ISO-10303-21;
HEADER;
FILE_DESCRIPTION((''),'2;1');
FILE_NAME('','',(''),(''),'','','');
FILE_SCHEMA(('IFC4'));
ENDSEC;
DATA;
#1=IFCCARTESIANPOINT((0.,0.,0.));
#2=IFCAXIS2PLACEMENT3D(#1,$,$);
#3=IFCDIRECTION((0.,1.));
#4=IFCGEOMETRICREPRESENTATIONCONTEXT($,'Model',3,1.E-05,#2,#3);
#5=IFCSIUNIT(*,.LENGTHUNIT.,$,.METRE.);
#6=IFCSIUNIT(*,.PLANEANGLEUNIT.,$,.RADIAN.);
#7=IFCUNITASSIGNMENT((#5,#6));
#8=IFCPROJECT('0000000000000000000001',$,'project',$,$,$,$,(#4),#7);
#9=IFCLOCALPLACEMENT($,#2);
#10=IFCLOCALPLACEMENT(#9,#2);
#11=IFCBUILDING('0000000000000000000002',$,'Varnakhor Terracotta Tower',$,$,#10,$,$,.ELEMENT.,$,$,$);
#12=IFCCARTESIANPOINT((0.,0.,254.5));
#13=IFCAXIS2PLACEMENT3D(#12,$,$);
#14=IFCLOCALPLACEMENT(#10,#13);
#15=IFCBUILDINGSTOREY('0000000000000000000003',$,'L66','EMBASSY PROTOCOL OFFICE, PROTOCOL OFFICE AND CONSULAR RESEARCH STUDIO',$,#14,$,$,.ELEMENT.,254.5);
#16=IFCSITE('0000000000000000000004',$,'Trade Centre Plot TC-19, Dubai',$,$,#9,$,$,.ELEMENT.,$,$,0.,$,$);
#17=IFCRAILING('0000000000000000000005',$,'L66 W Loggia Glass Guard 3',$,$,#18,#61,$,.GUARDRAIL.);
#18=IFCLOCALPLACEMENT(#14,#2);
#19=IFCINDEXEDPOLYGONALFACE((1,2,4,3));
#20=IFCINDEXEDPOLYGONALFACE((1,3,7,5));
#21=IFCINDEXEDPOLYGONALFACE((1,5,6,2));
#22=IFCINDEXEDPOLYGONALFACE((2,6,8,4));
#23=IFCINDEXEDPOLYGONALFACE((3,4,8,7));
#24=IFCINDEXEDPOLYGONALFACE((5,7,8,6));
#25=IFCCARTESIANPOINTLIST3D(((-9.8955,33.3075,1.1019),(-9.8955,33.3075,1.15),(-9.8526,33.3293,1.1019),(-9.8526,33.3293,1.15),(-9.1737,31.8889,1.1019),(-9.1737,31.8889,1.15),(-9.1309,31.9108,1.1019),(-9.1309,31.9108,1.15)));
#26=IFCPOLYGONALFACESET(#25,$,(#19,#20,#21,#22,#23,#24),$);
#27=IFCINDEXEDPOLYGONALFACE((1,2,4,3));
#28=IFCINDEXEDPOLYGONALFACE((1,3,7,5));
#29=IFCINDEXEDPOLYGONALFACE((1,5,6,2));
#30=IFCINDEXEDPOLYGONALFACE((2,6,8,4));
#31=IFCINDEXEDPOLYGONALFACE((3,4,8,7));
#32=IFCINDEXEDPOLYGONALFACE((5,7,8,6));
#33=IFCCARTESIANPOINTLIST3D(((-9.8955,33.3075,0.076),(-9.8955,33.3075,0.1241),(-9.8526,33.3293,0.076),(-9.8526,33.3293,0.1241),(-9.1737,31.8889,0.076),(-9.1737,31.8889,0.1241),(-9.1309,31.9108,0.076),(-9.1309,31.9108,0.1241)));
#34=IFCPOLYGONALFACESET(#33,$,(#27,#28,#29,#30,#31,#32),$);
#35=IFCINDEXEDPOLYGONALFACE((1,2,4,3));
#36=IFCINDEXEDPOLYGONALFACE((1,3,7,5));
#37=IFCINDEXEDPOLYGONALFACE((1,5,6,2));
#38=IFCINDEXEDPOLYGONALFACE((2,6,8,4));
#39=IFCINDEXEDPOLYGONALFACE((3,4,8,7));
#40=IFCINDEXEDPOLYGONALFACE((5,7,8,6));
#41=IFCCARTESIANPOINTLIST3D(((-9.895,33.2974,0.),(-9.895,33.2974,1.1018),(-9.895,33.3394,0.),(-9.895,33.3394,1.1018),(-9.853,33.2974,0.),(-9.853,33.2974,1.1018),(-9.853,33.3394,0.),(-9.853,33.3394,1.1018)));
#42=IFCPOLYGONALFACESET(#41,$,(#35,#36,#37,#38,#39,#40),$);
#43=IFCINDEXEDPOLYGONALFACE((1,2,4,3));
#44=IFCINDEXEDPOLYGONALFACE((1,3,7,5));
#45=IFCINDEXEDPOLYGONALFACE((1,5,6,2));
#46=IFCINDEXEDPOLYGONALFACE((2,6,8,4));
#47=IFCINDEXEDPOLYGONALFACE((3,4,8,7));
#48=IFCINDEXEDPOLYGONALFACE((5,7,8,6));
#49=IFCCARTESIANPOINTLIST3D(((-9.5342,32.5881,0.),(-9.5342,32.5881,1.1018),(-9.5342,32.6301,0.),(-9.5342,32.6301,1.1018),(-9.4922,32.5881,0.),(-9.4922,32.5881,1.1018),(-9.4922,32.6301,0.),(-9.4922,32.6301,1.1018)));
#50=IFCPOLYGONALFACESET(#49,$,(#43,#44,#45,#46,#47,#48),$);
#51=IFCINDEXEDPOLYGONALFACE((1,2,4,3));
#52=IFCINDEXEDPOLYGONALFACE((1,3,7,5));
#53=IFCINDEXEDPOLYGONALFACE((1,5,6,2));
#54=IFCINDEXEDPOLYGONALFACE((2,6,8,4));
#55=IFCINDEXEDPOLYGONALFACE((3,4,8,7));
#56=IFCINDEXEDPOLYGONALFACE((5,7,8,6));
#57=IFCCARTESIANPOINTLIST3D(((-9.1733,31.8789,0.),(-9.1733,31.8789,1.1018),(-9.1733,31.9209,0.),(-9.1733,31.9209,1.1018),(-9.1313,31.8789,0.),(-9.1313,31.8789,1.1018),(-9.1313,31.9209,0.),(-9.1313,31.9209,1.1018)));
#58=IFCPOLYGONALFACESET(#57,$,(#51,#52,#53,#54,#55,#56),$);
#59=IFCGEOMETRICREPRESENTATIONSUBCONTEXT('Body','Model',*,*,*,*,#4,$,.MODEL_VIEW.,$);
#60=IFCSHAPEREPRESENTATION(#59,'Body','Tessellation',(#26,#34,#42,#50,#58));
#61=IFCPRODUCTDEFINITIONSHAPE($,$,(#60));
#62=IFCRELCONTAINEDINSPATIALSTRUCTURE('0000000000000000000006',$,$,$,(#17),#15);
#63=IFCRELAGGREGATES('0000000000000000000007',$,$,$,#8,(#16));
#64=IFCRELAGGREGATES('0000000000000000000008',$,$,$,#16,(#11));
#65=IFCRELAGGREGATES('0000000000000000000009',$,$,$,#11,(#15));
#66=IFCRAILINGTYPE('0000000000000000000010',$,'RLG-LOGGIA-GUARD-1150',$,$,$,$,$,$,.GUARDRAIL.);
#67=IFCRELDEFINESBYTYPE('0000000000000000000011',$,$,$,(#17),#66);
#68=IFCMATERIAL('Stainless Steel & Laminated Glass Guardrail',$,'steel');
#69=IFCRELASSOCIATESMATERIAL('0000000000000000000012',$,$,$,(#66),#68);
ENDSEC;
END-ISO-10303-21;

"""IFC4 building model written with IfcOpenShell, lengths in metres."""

from ifc_helpers import new_model, si_unit, direction, frame, origin, origin_2d, place, context, subcontext, project, spatial, rectangle, extrude, material, type_object, element, save


model = new_model("IFC4")

# Units and contexts
model_context = context("Model", 3, precision=1e-05, world=origin(), true_north=direction((0.0, 1.0)))
body_context = subcontext(model_context, "Body", "Model", "MODEL_VIEW")
ifc_project = project(units=[si_unit("LENGTHUNIT", "METRE"), si_unit("PLANEANGLEUNIT", "RADIAN")], contexts=[model_context])

# Site, building, storey
site_placement = place(None, origin())
site = spatial("IfcSite", under=ifc_project, at=site_placement, Name="Trade Centre Plot TC-19, Dubai", CompositionType="ELEMENT", RefElevation=0.0)
building_placement = place(site_placement, origin())
building = spatial("IfcBuilding", under=site, at=building_placement, Name="Varnakhor Terracotta Tower", CompositionType="ELEMENT")
storey_placement = place(building_placement, frame((0.0, 0.0, 254.5)))
storey = spatial("IfcBuildingStorey", under=building, at=storey_placement, Name="L66", Description="EMBASSY PROTOCOL OFFICE, PROTOCOL OFFICE AND CONSULAR RESEARCH STUDIO", CompositionType="ELEMENT", Elevation=254.5)

# Railing
ifc_material_1 = material(Name="Stainless Steel & Laminated Glass Guardrail", Category="steel")
railing_type = type_object("IfcRailingType", Name="RLG-LOGGIA-GUARD-1150", PredefinedType="GUARDRAIL", material=ifc_material_1)
railing_placement = place(storey_placement, frame((-9.874, 33.3184, 0.0)))
element("IfcRailing", 1, at=railing_placement, inside=storey, type_object=railing_type, Name="L66 W Loggia Glass Guard 3", PredefinedType="GUARDRAIL", context=body_context, shape_type="SweptSolid", body=[
    extrude(rectangle(XDim=0.0481, YDim=0.0481, at=origin_2d()), frame((0.0, 0.0, 1.126), z_axis=(0.453462, -0.891276, 0.0), x_axis=(0.891276, 0.453462, 0.0)), (0.0, 0.0, 1.0), 1.5916),
    extrude(rectangle(XDim=0.0481, YDim=0.0481, at=origin_2d()), frame((0.0, 0.0, 0.1001), z_axis=(0.453462, -0.891276, 0.0), x_axis=(0.891276, 0.453462, 0.0)), (0.0, 0.0, 1.0), 1.5916),
    extrude(rectangle(XDim=0.042, YDim=0.042, at=origin_2d()), origin(), (0.0, 0.0, 1.0), 1.1018),
    extrude(rectangle(XDim=0.042, YDim=0.042, at=origin_2d()), frame((0.3608, -0.7092, 0.0)), (0.0, 0.0, 1.0), 1.1018),
    extrude(rectangle(XDim=0.042, YDim=0.042, at=origin_2d()), frame((0.7217, -1.4185, 0.0)), (0.0, 0.0, 1.0), 1.1018),
])

save(model, "model.ifc")
